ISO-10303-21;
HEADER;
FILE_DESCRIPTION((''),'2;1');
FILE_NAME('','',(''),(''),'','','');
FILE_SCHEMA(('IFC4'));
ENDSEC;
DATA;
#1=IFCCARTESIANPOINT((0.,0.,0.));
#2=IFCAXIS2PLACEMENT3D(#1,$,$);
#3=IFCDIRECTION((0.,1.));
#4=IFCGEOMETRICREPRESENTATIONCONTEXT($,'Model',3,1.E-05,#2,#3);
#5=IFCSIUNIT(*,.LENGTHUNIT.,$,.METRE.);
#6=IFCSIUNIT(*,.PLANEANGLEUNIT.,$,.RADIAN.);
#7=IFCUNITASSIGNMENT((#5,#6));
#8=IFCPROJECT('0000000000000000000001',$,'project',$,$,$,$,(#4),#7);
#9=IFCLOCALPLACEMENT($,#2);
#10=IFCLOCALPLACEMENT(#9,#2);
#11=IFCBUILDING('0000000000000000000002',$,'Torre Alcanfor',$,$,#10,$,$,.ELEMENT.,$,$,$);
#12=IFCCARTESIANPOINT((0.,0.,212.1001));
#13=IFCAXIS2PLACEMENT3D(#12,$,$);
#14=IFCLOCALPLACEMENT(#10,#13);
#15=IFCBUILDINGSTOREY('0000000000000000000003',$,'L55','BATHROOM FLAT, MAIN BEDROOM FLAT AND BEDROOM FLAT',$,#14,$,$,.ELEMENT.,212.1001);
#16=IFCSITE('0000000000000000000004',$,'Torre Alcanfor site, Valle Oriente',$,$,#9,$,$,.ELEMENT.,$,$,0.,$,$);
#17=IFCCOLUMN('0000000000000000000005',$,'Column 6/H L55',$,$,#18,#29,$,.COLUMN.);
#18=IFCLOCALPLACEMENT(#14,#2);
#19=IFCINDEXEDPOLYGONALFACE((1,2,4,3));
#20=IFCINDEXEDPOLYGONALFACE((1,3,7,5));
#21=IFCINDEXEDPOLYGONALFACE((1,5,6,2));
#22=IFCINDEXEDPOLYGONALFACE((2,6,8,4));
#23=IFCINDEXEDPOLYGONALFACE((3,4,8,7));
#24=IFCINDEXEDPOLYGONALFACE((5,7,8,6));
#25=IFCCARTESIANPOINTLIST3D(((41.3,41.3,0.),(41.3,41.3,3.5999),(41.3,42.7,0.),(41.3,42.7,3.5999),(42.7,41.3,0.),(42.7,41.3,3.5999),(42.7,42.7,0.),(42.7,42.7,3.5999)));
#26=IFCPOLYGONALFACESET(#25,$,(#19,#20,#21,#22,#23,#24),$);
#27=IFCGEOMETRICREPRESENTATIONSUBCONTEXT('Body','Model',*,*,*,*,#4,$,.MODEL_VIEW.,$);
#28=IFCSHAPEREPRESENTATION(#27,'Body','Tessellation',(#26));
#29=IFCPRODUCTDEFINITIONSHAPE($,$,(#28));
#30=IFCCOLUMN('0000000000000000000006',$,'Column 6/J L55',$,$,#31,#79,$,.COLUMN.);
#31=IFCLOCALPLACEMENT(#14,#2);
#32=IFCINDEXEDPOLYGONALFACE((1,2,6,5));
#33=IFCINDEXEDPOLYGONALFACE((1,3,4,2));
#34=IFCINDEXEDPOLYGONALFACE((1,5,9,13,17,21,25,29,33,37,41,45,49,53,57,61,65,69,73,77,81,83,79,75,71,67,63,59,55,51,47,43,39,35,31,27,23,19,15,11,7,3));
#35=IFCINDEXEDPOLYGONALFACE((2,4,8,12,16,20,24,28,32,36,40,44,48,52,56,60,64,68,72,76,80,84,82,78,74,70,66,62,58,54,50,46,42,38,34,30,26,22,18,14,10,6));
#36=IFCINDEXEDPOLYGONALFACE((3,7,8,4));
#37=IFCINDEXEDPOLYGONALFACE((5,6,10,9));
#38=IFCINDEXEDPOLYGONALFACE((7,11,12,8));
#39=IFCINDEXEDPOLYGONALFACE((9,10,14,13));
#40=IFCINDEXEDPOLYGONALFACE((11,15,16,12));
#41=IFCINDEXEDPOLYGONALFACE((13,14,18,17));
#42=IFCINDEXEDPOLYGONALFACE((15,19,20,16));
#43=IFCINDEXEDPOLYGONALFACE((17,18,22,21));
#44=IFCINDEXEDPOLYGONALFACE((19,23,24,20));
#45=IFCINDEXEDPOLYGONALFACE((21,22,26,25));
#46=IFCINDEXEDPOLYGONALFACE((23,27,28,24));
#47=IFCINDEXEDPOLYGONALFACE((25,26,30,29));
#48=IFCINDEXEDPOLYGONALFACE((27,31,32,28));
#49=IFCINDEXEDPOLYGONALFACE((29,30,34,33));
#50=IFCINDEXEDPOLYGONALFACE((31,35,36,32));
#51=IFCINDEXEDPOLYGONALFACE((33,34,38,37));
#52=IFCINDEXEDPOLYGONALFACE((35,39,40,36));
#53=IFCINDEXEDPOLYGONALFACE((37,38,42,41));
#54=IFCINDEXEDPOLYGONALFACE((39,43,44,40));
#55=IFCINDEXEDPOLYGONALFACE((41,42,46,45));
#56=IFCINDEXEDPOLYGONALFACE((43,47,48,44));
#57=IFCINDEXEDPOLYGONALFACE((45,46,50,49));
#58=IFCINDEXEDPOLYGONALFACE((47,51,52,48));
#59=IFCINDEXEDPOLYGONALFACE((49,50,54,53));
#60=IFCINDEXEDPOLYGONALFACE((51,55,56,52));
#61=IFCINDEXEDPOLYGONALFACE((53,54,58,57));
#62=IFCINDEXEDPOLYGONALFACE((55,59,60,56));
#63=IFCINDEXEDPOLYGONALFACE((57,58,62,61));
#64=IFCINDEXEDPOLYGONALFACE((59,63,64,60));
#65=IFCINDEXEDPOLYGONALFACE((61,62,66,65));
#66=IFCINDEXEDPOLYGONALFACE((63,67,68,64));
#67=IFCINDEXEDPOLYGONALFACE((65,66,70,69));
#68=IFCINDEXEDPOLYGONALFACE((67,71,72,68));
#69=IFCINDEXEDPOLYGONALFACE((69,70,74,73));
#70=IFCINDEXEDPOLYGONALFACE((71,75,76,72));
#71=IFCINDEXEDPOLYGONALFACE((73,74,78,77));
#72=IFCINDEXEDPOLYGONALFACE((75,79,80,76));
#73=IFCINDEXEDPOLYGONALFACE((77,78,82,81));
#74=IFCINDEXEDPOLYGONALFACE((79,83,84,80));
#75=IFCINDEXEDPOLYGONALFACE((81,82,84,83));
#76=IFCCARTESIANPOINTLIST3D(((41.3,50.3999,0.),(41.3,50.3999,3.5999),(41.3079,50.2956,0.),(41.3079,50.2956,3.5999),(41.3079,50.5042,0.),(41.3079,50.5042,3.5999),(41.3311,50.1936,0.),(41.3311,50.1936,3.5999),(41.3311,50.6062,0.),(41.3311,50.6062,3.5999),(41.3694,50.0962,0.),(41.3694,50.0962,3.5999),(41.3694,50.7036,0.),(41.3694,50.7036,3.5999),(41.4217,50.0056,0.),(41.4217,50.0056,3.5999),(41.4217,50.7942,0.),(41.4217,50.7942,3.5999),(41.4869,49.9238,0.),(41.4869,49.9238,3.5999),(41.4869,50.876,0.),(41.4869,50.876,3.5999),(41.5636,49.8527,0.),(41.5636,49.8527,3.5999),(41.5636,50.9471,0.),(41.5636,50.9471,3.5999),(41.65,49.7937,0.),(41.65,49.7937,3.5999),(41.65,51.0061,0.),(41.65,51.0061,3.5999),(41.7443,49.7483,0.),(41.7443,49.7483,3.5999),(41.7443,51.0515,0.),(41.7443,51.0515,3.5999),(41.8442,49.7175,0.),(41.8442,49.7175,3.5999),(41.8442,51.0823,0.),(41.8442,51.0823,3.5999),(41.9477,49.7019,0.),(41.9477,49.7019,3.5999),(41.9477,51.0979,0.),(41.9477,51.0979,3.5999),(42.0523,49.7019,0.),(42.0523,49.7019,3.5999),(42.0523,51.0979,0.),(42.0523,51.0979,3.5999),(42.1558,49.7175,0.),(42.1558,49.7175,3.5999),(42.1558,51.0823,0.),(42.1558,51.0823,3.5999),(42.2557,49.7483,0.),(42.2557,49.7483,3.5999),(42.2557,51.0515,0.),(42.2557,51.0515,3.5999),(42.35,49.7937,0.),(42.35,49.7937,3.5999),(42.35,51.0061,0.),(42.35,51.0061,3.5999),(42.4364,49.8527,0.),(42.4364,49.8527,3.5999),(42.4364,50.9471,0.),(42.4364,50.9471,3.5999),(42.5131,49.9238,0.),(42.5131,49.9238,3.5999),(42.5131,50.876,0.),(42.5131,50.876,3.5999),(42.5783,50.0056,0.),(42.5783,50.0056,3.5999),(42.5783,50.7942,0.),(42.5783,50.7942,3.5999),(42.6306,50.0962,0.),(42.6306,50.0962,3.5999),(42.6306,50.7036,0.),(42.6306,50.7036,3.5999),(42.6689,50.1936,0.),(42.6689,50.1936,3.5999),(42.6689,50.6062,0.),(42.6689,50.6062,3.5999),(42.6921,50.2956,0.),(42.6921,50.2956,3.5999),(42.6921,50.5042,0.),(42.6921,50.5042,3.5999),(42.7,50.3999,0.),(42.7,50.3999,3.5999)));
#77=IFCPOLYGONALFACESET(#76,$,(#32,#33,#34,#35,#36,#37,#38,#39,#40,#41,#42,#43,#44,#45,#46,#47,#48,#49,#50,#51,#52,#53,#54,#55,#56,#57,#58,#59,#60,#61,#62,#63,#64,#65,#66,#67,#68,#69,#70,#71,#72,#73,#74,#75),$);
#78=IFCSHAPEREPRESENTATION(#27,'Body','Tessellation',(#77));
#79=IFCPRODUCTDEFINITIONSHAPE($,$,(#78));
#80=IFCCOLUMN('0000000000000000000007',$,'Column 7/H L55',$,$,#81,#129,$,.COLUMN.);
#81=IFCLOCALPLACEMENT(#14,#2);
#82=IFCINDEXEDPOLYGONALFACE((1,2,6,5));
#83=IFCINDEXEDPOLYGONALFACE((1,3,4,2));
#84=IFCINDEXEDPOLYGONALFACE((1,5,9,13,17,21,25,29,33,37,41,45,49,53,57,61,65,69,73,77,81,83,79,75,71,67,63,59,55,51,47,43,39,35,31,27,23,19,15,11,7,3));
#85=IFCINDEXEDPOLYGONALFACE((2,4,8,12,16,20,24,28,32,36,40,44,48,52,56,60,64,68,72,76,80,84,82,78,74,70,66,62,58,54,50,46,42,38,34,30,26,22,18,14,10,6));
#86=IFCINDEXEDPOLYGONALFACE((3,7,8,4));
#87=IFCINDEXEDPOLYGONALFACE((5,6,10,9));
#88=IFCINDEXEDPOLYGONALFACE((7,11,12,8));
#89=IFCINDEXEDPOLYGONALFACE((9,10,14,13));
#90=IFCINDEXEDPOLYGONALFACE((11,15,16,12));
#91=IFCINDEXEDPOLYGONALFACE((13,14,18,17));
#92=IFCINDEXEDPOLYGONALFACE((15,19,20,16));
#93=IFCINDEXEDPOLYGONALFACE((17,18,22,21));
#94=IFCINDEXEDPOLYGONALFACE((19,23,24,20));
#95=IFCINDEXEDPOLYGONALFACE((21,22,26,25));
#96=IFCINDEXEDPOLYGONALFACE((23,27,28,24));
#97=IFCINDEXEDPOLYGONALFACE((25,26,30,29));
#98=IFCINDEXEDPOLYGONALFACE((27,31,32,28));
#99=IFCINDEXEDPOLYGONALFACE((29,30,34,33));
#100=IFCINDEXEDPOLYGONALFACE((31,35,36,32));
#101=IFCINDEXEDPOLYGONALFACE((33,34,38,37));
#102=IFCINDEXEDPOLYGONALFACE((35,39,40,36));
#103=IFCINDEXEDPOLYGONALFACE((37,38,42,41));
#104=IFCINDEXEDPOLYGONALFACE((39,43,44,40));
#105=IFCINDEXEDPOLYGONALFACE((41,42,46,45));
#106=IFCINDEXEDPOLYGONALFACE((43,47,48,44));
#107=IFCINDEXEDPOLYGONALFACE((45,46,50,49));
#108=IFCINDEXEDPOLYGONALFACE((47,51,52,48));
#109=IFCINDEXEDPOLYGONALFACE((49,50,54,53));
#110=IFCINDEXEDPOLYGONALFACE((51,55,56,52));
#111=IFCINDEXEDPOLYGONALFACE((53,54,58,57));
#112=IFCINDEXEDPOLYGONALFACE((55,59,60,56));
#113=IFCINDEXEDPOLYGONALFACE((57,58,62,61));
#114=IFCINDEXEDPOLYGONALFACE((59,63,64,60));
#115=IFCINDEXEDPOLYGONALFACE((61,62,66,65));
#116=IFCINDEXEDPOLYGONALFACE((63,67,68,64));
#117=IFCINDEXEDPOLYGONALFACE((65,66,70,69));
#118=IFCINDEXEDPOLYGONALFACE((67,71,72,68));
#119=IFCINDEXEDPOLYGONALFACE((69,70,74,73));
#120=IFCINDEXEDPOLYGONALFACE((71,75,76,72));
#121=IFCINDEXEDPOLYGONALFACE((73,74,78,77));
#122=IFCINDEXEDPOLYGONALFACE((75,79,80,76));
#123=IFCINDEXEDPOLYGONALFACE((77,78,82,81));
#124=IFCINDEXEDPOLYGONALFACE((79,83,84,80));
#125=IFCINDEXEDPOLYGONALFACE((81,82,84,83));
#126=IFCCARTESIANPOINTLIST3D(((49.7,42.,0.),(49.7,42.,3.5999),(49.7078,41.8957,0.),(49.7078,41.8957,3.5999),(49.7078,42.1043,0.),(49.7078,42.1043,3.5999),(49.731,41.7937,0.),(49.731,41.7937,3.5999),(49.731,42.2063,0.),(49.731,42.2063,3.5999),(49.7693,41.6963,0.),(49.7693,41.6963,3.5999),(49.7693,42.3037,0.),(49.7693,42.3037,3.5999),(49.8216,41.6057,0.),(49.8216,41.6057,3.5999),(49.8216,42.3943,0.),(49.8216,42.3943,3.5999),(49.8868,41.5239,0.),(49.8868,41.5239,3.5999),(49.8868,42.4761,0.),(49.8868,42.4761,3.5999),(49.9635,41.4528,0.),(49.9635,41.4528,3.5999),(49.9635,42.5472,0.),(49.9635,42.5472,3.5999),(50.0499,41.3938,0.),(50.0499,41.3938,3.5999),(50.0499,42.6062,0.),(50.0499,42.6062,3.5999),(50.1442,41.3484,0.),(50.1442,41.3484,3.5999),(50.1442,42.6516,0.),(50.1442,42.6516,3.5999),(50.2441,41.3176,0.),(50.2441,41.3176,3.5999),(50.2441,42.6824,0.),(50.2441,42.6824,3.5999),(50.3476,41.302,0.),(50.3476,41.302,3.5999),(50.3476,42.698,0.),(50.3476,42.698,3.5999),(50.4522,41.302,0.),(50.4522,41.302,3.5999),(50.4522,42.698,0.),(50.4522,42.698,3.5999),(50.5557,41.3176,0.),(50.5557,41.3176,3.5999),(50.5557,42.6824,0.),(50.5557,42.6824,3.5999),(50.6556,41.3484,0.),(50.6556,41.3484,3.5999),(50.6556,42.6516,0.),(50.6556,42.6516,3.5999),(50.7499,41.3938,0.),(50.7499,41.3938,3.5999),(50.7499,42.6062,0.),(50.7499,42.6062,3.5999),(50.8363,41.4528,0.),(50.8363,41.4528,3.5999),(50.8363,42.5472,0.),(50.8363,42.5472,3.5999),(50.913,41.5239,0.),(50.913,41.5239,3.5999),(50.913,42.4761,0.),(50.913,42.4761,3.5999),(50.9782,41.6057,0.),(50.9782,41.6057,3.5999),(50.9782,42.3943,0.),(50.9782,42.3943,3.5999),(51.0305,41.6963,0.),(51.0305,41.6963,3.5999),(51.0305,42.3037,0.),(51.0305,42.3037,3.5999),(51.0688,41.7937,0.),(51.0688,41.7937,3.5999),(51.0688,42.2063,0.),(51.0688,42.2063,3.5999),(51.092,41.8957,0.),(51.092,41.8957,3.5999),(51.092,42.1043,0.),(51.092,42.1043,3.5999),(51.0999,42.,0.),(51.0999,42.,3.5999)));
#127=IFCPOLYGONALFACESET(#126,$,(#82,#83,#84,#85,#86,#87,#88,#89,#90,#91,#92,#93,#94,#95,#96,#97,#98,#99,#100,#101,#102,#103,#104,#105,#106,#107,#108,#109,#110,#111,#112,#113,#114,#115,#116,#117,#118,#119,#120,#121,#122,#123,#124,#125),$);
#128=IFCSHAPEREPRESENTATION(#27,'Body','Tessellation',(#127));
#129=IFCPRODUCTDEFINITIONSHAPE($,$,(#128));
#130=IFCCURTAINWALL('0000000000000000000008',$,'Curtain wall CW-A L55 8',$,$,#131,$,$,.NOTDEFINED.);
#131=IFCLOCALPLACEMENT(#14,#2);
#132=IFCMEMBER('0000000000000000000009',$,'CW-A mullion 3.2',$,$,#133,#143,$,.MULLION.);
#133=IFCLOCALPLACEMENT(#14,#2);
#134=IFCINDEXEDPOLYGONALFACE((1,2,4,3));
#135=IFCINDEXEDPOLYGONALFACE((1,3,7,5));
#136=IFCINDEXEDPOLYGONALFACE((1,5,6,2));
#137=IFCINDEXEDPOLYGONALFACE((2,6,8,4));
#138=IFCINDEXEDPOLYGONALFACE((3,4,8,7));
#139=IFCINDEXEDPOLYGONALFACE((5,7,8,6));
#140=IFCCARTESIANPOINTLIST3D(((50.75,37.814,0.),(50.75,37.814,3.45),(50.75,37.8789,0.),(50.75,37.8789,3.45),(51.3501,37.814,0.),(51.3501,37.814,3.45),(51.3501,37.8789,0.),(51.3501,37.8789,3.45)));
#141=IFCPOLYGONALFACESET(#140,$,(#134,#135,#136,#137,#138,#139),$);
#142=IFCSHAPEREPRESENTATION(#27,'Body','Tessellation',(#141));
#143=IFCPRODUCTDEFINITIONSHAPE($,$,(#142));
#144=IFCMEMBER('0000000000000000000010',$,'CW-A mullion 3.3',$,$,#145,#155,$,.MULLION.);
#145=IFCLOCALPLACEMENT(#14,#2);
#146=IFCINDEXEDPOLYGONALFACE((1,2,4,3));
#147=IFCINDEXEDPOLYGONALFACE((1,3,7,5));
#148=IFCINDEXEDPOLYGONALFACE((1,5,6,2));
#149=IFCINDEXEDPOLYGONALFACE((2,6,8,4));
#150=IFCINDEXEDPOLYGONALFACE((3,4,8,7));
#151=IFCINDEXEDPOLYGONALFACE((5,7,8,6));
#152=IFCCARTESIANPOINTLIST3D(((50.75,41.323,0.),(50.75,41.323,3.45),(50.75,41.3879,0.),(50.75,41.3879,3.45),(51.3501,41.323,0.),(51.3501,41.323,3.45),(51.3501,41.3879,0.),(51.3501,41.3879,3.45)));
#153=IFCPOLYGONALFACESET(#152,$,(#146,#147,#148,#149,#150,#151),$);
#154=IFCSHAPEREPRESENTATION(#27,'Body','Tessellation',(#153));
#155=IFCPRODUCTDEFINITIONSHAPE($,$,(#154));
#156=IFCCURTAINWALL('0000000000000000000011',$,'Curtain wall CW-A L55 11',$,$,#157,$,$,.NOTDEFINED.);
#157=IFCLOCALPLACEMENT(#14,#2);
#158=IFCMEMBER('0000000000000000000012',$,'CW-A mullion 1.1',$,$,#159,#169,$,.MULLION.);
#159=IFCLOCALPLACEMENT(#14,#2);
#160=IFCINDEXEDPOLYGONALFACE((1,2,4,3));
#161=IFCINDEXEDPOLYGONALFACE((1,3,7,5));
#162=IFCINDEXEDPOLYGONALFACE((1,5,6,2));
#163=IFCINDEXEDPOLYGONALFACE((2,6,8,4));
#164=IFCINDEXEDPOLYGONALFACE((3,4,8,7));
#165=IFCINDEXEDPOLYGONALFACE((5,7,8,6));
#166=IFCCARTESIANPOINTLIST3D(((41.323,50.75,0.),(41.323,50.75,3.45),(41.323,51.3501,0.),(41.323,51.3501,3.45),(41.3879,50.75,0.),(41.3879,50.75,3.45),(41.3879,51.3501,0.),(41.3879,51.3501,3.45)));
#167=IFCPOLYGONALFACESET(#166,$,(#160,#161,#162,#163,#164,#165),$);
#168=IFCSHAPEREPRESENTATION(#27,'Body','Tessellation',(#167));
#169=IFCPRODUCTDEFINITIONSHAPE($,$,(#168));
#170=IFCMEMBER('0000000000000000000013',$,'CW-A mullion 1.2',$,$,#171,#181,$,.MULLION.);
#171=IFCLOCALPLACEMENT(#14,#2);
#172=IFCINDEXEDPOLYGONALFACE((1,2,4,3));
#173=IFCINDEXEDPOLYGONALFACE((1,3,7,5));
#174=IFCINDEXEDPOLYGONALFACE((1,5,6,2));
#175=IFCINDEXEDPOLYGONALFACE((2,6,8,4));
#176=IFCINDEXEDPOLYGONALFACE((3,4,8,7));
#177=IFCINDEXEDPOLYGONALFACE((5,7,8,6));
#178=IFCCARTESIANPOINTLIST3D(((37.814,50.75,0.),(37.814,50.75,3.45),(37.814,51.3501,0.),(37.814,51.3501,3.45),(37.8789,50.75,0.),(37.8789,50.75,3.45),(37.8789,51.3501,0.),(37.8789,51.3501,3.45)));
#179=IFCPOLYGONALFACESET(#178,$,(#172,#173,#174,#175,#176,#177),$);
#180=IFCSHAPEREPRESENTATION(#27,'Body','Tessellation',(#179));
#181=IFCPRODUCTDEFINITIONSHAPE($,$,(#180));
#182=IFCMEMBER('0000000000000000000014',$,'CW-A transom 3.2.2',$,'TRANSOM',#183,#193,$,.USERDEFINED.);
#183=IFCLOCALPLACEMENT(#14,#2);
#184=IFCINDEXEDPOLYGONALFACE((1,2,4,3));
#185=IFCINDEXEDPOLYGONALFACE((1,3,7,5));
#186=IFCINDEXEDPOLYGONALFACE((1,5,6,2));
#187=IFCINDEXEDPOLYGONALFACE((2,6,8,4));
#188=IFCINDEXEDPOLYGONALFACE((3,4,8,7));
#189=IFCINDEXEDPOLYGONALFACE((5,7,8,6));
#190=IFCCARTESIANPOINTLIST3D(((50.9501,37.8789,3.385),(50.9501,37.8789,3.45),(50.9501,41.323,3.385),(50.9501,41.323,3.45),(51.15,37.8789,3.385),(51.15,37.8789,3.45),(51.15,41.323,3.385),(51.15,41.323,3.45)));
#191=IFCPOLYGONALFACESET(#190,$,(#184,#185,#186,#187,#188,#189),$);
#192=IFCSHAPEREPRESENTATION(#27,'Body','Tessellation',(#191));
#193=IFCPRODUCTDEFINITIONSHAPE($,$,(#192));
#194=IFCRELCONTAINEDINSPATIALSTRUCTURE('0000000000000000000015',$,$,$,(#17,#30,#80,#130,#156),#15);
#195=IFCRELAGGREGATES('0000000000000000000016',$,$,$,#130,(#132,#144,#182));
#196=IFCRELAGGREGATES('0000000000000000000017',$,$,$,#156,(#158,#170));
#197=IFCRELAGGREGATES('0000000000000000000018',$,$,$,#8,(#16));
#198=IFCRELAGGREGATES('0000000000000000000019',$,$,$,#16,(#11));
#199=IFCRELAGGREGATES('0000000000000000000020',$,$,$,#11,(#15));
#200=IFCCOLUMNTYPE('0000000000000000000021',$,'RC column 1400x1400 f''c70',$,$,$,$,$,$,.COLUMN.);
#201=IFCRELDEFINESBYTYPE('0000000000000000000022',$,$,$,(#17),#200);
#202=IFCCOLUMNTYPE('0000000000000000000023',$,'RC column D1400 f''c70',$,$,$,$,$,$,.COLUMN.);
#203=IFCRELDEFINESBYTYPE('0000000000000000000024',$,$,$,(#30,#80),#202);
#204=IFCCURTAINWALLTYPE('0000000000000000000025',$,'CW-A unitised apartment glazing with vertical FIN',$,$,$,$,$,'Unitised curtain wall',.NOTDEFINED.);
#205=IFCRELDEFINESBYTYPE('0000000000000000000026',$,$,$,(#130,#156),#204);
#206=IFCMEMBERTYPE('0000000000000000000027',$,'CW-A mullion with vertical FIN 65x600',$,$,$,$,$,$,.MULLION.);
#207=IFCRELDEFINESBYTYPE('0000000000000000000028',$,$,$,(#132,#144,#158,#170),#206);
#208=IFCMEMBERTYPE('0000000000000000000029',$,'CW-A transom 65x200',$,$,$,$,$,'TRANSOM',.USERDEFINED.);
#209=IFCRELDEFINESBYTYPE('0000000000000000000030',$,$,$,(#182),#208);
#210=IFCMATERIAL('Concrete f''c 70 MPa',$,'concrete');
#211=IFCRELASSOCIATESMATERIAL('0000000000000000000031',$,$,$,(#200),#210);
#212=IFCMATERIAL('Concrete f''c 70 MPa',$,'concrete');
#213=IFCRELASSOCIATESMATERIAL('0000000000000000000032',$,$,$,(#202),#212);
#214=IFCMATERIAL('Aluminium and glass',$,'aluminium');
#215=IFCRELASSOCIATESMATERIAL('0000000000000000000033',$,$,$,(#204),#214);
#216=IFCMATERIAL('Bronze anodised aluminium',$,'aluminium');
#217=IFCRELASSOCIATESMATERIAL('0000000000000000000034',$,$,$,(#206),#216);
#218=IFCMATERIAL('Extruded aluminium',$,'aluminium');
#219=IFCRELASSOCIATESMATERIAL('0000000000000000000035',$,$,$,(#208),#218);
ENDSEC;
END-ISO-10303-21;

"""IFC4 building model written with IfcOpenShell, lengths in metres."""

from ifc_helpers import new_model, si_unit, direction, frame, origin, origin_2d, place, context, subcontext, project, spatial, rectangle, circle, extrude, material, material_profile, profile_set, type_object, element, aggregate, save


model = new_model("IFC4")

# Units and contexts
model_context = context("Model", 3, precision=1e-05, world=origin(), true_north=direction((0.0, 1.0)))
body_context = subcontext(model_context, "Body", "Model", "MODEL_VIEW")
ifc_project = project(units=[si_unit("LENGTHUNIT", "METRE"), si_unit("PLANEANGLEUNIT", "RADIAN")], contexts=[model_context])

# Site, building, storey
site_placement = place(None, origin())
site = spatial("IfcSite", under=ifc_project, at=site_placement, Name="Torre Alcanfor site, Valle Oriente", CompositionType="ELEMENT", RefElevation=0.0)
building_placement = place(site_placement, origin())
building = spatial("IfcBuilding", under=site, at=building_placement, Name="Torre Alcanfor", CompositionType="ELEMENT")
storey_placement = place(building_placement, frame((0.0, 0.0, 212.1001)))
storey = spatial("IfcBuildingStorey", under=building, at=storey_placement, Name="L55", Description="BATHROOM FLAT, MAIN BEDROOM FLAT AND BEDROOM FLAT", CompositionType="ELEMENT", Elevation=212.1001)

# Columns
ifc_material_1 = material(Name="Concrete f'c 70 MPa", Category="concrete")
ifc_material_profile_1 = material_profile(ifc_material_1, rectangle(XDim=1.3999, YDim=1.3999, at=origin_2d()), Name="1400x1400")
ifc_profile_set_1 = profile_set([ifc_material_profile_1], Name="Concrete f'c 70 MPa")
column_type_1 = type_object("IfcColumnType", Name="RC column 1400x1400 f'c70", PredefinedType="COLUMN", material=ifc_profile_set_1)
column_placement = place(storey_placement, frame((42.0, 42.0, 0.0), z_axis=(0.0, 0.0, 1.0), x_axis=(1.0, 0.0, 0.0)))
element("IfcColumn", 1, at=column_placement, inside=storey, type_object=column_type_1, Name="Column 6/H L55", PredefinedType="COLUMN", context=body_context, shape_type="SweptSolid", body=[
    extrude(rectangle(XDim=1.3999, YDim=1.3999, at=origin_2d()), origin(), (0.0, 0.0, 1.0), 3.5999),
])
ifc_material_2 = material(Name="Concrete f'c 70 MPa", Category="concrete")
ifc_material_profile_2 = material_profile(ifc_material_2, circle(Radius=0.7, at=origin_2d()), Name="D1400")
ifc_profile_set_2 = profile_set([ifc_material_profile_2], Name="Concrete f'c 70 MPa")
column_type_2 = type_object("IfcColumnType", Name="RC column D1400 f'c70", PredefinedType="COLUMN", material=ifc_profile_set_2)
for number, where, z_axis, x_axis, name in (
    (2, (42.0, 50.3999, 0.0), (0.0, 0.0, 1.0), (1.0, 0.0, 0.0), "Column 6/J L55"),
    (3, (50.3999, 42.0, 0.0), (0.0, 0.0, 1.0), (1.0, 0.0, 0.0), "Column 7/H L55"),
):
    element("IfcColumn", number, at=place(storey_placement, frame(where, z_axis=z_axis, x_axis=x_axis)), inside=storey, type_object=column_type_2, Name=name, PredefinedType="COLUMN", context=body_context, shape_type="SweptSolid", body=[
        extrude(circle(Radius=0.7, at=origin_2d()), origin(), (0.0, 0.0, 1.0), 3.5999),
    ])

# Curtain walls, members
ifc_material_3 = material(Name="Aluminium and glass", Category="aluminium")
curtain_wall_type = type_object("IfcCurtainWallType", Name="CW-A unitised apartment glazing with vertical FIN", ElementType="Unitised curtain wall", PredefinedType="NOTDEFINED", material=ifc_material_3)
curtain_wall_1_placement = place(storey_placement, origin())
curtain_wall_1 = element("IfcCurtainWall", 4, at=curtain_wall_1_placement, inside=storey, type_object=curtain_wall_type, Name="Curtain wall CW-A L55 8", PredefinedType="NOTDEFINED")
ifc_material_4 = material(Name="Bronze anodised aluminium", Category="aluminium")
ifc_material_profile_3 = material_profile(ifc_material_4, rectangle(XDim=0.6001, YDim=0.0649, at=origin_2d()), Name="CW-A mullion 65x600")
ifc_profile_set_3 = profile_set([ifc_material_profile_3], Name="Bronze anodised aluminium")
member_type_1 = type_object("IfcMemberType", Name="CW-A mullion with vertical FIN 65x600", PredefinedType="MULLION", material=ifc_profile_set_3)
member_1_placement = place(storey_placement, frame((51.05, 37.8464, 0.0), z_axis=(0.0, 0.0, 1.0), x_axis=(-1.0, 0.0, 0.0)))
member_1 = element("IfcMember", 5, at=member_1_placement, type_object=member_type_1, Name="CW-A mullion 3.2", PredefinedType="MULLION", context=body_context, shape_type="SweptSolid", body=[
    extrude(rectangle(XDim=0.6001, YDim=0.0649, at=origin_2d()), origin(), (0.0, 0.0, 1.0), 3.45),
])
member_2_placement = place(storey_placement, frame((51.05, 41.3555, 0.0), z_axis=(0.0, 0.0, 1.0), x_axis=(-1.0, 0.0, 0.0)))
member_2 = element("IfcMember", 6, at=member_2_placement, type_object=member_type_1, Name="CW-A mullion 3.3", PredefinedType="MULLION", context=body_context, shape_type="SweptSolid", body=[
    extrude(rectangle(XDim=0.6001, YDim=0.0649, at=origin_2d()), origin(), (0.0, 0.0, 1.0), 3.45),
])
curtain_wall_2_placement = place(storey_placement, origin())
curtain_wall_2 = element("IfcCurtainWall", 7, at=curtain_wall_2_placement, inside=storey, type_object=curtain_wall_type, Name="Curtain wall CW-A L55 11", PredefinedType="NOTDEFINED")
member_3_placement = place(storey_placement, frame((41.3555, 51.05, 0.0), z_axis=(0.0, 0.0, 1.0), x_axis=(0.0, -1.0, 0.0)))
member_3 = element("IfcMember", 8, at=member_3_placement, type_object=member_type_1, Name="CW-A mullion 1.1", PredefinedType="MULLION", context=body_context, shape_type="SweptSolid", body=[
    extrude(rectangle(XDim=0.6001, YDim=0.0649, at=origin_2d()), origin(), (0.0, 0.0, 1.0), 3.45),
])
member_4_placement = place(storey_placement, frame((37.8464, 51.05, 0.0), z_axis=(0.0, 0.0, 1.0), x_axis=(0.0, -1.0, 0.0)))
member_4 = element("IfcMember", 9, at=member_4_placement, type_object=member_type_1, Name="CW-A mullion 1.2", PredefinedType="MULLION", context=body_context, shape_type="SweptSolid", body=[
    extrude(rectangle(XDim=0.6001, YDim=0.0649, at=origin_2d()), origin(), (0.0, 0.0, 1.0), 3.45),
])

# Member
ifc_material_5 = material(Name="Extruded aluminium", Category="aluminium")
ifc_material_profile_4 = material_profile(ifc_material_5, rectangle(XDim=0.2, YDim=0.0649, at=origin_2d()), Name="CW-A transom 200x65")
ifc_profile_set_4 = profile_set([ifc_material_profile_4], Name="Extruded aluminium")
member_type_2 = type_object("IfcMemberType", Name="CW-A transom 65x200", ElementType="TRANSOM", PredefinedType="USERDEFINED", material=ifc_profile_set_4)
member_5_placement = place(storey_placement, frame((51.05, 37.8789, 3.4175), z_axis=(0.0, 1.0, 0.0), x_axis=(-1.0, 0.0, 0.0)))
member_5 = element("IfcMember", 10, at=member_5_placement, type_object=member_type_2, Name="CW-A transom 3.2.2", ObjectType="TRANSOM", PredefinedType="USERDEFINED", context=body_context, shape_type="SweptSolid", body=[
    extrude(rectangle(XDim=0.2, YDim=0.0649, at=origin_2d()), origin(), (0.0, 0.0, 1.0), 3.4441),
])

aggregate(curtain_wall_1, [member_1, member_2, member_5])
aggregate(curtain_wall_2, [member_3, member_4])

save(model, "model.ifc")
